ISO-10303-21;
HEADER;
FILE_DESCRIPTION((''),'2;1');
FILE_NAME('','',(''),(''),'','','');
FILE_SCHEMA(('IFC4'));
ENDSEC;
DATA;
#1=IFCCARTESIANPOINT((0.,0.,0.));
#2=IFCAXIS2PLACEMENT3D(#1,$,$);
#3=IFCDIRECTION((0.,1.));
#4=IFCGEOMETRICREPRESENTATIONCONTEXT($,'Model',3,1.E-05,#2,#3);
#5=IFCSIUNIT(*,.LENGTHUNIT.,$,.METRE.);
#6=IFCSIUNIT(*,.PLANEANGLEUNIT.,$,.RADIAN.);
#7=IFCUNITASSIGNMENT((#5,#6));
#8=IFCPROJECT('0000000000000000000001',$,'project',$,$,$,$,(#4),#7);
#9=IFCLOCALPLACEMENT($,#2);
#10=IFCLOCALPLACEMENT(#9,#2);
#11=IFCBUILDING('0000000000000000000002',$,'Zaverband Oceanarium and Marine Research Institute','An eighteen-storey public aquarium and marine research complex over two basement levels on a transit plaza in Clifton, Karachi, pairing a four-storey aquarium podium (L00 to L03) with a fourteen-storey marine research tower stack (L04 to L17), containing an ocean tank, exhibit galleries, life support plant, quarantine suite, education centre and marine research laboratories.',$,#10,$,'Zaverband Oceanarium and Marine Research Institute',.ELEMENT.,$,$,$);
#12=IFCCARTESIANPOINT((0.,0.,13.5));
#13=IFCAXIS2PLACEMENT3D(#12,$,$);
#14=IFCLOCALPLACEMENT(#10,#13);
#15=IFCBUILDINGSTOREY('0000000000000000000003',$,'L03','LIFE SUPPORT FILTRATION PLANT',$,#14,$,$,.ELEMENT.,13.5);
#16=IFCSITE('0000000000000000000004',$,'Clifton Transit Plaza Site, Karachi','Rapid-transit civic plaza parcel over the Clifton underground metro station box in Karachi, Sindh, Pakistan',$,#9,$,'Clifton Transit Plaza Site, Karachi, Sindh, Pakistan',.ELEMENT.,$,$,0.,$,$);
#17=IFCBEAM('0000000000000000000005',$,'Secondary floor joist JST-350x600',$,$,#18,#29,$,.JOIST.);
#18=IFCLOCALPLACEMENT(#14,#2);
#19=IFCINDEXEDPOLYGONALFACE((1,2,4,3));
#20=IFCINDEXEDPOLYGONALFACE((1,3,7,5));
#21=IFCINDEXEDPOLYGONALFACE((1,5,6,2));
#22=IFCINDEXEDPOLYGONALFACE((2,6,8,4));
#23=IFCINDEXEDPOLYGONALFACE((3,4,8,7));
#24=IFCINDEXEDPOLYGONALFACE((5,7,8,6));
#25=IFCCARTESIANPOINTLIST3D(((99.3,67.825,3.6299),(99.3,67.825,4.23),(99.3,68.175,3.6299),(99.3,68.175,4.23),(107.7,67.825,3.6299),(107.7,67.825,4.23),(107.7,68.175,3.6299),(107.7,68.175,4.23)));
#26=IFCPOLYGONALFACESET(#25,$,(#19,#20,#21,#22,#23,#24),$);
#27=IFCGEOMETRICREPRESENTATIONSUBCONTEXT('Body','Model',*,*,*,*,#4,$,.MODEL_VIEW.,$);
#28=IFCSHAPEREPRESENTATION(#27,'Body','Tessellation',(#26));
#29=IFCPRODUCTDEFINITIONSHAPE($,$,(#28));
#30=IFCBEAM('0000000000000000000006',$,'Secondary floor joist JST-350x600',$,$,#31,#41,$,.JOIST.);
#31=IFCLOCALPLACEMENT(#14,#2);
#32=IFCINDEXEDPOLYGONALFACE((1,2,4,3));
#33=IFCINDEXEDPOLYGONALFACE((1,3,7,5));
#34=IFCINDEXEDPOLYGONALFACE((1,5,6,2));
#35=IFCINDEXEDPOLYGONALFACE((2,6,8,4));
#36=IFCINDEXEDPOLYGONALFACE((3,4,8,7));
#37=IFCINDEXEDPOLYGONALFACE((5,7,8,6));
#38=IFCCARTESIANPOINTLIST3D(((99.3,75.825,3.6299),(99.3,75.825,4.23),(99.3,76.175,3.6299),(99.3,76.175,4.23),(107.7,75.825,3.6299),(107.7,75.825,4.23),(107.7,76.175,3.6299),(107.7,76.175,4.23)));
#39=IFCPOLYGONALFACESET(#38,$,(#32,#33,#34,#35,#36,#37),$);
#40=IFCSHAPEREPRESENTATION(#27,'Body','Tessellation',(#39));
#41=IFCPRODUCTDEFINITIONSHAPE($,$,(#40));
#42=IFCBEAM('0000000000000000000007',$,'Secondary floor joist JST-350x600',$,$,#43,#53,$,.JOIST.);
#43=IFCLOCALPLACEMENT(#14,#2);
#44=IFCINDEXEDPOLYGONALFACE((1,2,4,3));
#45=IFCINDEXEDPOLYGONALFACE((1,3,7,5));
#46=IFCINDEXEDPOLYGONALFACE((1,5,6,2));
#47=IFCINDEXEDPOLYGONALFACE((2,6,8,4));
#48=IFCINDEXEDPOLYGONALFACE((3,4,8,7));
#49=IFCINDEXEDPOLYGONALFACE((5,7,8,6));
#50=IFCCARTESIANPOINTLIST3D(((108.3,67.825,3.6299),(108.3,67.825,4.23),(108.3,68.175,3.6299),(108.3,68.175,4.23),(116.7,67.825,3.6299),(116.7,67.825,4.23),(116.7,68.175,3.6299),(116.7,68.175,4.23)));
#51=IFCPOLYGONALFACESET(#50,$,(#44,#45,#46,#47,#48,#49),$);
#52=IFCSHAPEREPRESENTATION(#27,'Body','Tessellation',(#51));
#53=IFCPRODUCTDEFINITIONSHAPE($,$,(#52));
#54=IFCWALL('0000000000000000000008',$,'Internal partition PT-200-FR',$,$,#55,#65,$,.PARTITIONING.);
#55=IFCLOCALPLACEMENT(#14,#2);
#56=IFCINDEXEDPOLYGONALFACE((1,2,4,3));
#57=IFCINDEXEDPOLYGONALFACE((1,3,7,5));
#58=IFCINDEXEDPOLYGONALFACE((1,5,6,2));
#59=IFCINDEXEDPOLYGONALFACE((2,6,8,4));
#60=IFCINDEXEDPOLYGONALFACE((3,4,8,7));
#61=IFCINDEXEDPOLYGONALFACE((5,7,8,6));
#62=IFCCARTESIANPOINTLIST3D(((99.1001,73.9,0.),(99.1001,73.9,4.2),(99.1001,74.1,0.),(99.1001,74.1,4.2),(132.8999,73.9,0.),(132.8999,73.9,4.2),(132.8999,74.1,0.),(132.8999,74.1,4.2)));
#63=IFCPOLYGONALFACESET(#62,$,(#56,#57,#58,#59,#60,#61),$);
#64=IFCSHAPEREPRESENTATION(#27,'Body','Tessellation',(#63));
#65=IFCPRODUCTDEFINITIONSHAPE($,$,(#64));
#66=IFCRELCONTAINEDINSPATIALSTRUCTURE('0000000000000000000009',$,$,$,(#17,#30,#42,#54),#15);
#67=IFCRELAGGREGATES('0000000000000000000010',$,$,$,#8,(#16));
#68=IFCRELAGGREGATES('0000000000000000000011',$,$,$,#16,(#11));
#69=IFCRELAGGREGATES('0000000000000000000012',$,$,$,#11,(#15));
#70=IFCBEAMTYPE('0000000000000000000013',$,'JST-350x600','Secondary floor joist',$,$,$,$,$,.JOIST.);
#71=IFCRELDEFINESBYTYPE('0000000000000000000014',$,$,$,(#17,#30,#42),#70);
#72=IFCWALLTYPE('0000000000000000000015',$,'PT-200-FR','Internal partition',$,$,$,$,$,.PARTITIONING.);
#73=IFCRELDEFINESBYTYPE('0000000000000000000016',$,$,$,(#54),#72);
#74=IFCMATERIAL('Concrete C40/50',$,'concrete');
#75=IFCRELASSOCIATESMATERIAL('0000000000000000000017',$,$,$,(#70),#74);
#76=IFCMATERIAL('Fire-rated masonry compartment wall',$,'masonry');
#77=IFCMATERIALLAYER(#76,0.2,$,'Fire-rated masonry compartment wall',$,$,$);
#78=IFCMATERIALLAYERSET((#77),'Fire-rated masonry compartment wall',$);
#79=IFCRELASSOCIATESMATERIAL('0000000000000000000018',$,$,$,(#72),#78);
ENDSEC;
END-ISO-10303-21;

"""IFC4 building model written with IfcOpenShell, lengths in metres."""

from ifc_helpers import new_model, si_unit, direction, frame, frame_2d, origin, origin_2d, place, context, subcontext, project, spatial, rectangle, extrude, material, layer, layer_set, material_profile, profile_set, type_object, element, save


model = new_model("IFC4")

# Units and contexts
model_context = context("Model", 3, precision=1e-05, world=origin(), true_north=direction((0.0, 1.0)))
body_context = subcontext(model_context, "Body", "Model", "MODEL_VIEW")
ifc_project = project(units=[si_unit("LENGTHUNIT", "METRE"), si_unit("PLANEANGLEUNIT", "RADIAN")], contexts=[model_context])

# Site, building, storey
site_placement = place(None, origin())
site = spatial("IfcSite", under=ifc_project, at=site_placement, Name="Clifton Transit Plaza Site, Karachi", Description="Rapid-transit civic plaza parcel over the Clifton underground metro station box in Karachi, Sindh, Pakistan", LongName="Clifton Transit Plaza Site, Karachi, Sindh, Pakistan", CompositionType="ELEMENT", RefElevation=0.0)
building_placement = place(site_placement, origin())
building = spatial("IfcBuilding", under=site, at=building_placement, Name="Zaverband Oceanarium and Marine Research Institute", Description="An eighteen-storey public aquarium and marine research complex over two basement levels on a transit plaza in Clifton, Karachi, pairing a four-storey aquarium podium (L00 to L03) with a fourteen-storey marine research tower stack (L04 to L17), containing an ocean tank, exhibit galleries, life support plant, quarantine suite, education centre and marine research laboratories.", LongName="Zaverband Oceanarium and Marine Research Institute", CompositionType="ELEMENT")
storey_placement = place(building_placement, frame((0.0, 0.0, 13.5)))
storey = spatial("IfcBuildingStorey", under=building, at=storey_placement, Name="L03", Description="LIFE SUPPORT FILTRATION PLANT", CompositionType="ELEMENT", Elevation=13.5)

# Beams
ifc_material_1 = material(Name="Concrete C40/50", Category="concrete")
ifc_material_profile_1 = material_profile(ifc_material_1, rectangle(XDim=0.3501, YDim=0.6001, at=origin_2d()), Name="RC350x600")
ifc_profile_set_1 = profile_set([ifc_material_profile_1], Name="Concrete C40/50")
beam_type_1 = type_object("IfcBeamType", Name="JST-350x600", Description="Secondary floor joist", PredefinedType="JOIST", material=ifc_profile_set_1)
for number, where, z_axis, x_axis, name in (
    (1, (99.3, 68.0, 3.9299), (1.0, 0.0, 0.0), (0.0, 1.0, 0.0), "Secondary floor joist JST-350x600"),
    (2, (99.3, 76.0, 3.9299), (1.0, 0.0, 0.0), (0.0, 1.0, 0.0), "Secondary floor joist JST-350x600"),
    (3, (108.3, 68.0, 3.9299), (1.0, 0.0, 0.0), (0.0, 1.0, 0.0), "Secondary floor joist JST-350x600"),
):
    element("IfcBeam", number, at=place(storey_placement, frame(where, z_axis=z_axis, x_axis=x_axis)), inside=storey, type_object=beam_type_1, Name=name, PredefinedType="JOIST", context=body_context, shape_type="SweptSolid", body=[
        extrude(rectangle(XDim=0.3501, YDim=0.6001, at=origin_2d()), origin(), (0.0, 0.0, 1.0), 8.3999),
    ])

# Wall
ifc_material_2 = material(Name="Fire-rated masonry compartment wall", Category="masonry")
ifc_layer = layer(ifc_material_2, 0.2, Name="Fire-rated masonry compartment wall")
ifc_layer_set = layer_set([ifc_layer], Name="Fire-rated masonry compartment wall")
wall_type = type_object("IfcWallType", Name="PT-200-FR", Description="Internal partition", PredefinedType="PARTITIONING", material=ifc_layer_set)
wall_placement = place(storey_placement, frame((99.1001, 74.0, 0.0), z_axis=(0.0, 0.0, 1.0), x_axis=(1.0, 0.0, 0.0)))
element("IfcWall", 4, at=wall_placement, inside=storey, type_object=wall_type, Name="Internal partition PT-200-FR", PredefinedType="PARTITIONING", context=body_context, shape_type="SweptSolid", body=[
    extrude(rectangle(XDim=33.7998, YDim=0.2, at=frame_2d((16.8999, 0.0))), origin(), (0.0, 0.0, 1.0), 4.2),
])

save(model, "model.ifc")
